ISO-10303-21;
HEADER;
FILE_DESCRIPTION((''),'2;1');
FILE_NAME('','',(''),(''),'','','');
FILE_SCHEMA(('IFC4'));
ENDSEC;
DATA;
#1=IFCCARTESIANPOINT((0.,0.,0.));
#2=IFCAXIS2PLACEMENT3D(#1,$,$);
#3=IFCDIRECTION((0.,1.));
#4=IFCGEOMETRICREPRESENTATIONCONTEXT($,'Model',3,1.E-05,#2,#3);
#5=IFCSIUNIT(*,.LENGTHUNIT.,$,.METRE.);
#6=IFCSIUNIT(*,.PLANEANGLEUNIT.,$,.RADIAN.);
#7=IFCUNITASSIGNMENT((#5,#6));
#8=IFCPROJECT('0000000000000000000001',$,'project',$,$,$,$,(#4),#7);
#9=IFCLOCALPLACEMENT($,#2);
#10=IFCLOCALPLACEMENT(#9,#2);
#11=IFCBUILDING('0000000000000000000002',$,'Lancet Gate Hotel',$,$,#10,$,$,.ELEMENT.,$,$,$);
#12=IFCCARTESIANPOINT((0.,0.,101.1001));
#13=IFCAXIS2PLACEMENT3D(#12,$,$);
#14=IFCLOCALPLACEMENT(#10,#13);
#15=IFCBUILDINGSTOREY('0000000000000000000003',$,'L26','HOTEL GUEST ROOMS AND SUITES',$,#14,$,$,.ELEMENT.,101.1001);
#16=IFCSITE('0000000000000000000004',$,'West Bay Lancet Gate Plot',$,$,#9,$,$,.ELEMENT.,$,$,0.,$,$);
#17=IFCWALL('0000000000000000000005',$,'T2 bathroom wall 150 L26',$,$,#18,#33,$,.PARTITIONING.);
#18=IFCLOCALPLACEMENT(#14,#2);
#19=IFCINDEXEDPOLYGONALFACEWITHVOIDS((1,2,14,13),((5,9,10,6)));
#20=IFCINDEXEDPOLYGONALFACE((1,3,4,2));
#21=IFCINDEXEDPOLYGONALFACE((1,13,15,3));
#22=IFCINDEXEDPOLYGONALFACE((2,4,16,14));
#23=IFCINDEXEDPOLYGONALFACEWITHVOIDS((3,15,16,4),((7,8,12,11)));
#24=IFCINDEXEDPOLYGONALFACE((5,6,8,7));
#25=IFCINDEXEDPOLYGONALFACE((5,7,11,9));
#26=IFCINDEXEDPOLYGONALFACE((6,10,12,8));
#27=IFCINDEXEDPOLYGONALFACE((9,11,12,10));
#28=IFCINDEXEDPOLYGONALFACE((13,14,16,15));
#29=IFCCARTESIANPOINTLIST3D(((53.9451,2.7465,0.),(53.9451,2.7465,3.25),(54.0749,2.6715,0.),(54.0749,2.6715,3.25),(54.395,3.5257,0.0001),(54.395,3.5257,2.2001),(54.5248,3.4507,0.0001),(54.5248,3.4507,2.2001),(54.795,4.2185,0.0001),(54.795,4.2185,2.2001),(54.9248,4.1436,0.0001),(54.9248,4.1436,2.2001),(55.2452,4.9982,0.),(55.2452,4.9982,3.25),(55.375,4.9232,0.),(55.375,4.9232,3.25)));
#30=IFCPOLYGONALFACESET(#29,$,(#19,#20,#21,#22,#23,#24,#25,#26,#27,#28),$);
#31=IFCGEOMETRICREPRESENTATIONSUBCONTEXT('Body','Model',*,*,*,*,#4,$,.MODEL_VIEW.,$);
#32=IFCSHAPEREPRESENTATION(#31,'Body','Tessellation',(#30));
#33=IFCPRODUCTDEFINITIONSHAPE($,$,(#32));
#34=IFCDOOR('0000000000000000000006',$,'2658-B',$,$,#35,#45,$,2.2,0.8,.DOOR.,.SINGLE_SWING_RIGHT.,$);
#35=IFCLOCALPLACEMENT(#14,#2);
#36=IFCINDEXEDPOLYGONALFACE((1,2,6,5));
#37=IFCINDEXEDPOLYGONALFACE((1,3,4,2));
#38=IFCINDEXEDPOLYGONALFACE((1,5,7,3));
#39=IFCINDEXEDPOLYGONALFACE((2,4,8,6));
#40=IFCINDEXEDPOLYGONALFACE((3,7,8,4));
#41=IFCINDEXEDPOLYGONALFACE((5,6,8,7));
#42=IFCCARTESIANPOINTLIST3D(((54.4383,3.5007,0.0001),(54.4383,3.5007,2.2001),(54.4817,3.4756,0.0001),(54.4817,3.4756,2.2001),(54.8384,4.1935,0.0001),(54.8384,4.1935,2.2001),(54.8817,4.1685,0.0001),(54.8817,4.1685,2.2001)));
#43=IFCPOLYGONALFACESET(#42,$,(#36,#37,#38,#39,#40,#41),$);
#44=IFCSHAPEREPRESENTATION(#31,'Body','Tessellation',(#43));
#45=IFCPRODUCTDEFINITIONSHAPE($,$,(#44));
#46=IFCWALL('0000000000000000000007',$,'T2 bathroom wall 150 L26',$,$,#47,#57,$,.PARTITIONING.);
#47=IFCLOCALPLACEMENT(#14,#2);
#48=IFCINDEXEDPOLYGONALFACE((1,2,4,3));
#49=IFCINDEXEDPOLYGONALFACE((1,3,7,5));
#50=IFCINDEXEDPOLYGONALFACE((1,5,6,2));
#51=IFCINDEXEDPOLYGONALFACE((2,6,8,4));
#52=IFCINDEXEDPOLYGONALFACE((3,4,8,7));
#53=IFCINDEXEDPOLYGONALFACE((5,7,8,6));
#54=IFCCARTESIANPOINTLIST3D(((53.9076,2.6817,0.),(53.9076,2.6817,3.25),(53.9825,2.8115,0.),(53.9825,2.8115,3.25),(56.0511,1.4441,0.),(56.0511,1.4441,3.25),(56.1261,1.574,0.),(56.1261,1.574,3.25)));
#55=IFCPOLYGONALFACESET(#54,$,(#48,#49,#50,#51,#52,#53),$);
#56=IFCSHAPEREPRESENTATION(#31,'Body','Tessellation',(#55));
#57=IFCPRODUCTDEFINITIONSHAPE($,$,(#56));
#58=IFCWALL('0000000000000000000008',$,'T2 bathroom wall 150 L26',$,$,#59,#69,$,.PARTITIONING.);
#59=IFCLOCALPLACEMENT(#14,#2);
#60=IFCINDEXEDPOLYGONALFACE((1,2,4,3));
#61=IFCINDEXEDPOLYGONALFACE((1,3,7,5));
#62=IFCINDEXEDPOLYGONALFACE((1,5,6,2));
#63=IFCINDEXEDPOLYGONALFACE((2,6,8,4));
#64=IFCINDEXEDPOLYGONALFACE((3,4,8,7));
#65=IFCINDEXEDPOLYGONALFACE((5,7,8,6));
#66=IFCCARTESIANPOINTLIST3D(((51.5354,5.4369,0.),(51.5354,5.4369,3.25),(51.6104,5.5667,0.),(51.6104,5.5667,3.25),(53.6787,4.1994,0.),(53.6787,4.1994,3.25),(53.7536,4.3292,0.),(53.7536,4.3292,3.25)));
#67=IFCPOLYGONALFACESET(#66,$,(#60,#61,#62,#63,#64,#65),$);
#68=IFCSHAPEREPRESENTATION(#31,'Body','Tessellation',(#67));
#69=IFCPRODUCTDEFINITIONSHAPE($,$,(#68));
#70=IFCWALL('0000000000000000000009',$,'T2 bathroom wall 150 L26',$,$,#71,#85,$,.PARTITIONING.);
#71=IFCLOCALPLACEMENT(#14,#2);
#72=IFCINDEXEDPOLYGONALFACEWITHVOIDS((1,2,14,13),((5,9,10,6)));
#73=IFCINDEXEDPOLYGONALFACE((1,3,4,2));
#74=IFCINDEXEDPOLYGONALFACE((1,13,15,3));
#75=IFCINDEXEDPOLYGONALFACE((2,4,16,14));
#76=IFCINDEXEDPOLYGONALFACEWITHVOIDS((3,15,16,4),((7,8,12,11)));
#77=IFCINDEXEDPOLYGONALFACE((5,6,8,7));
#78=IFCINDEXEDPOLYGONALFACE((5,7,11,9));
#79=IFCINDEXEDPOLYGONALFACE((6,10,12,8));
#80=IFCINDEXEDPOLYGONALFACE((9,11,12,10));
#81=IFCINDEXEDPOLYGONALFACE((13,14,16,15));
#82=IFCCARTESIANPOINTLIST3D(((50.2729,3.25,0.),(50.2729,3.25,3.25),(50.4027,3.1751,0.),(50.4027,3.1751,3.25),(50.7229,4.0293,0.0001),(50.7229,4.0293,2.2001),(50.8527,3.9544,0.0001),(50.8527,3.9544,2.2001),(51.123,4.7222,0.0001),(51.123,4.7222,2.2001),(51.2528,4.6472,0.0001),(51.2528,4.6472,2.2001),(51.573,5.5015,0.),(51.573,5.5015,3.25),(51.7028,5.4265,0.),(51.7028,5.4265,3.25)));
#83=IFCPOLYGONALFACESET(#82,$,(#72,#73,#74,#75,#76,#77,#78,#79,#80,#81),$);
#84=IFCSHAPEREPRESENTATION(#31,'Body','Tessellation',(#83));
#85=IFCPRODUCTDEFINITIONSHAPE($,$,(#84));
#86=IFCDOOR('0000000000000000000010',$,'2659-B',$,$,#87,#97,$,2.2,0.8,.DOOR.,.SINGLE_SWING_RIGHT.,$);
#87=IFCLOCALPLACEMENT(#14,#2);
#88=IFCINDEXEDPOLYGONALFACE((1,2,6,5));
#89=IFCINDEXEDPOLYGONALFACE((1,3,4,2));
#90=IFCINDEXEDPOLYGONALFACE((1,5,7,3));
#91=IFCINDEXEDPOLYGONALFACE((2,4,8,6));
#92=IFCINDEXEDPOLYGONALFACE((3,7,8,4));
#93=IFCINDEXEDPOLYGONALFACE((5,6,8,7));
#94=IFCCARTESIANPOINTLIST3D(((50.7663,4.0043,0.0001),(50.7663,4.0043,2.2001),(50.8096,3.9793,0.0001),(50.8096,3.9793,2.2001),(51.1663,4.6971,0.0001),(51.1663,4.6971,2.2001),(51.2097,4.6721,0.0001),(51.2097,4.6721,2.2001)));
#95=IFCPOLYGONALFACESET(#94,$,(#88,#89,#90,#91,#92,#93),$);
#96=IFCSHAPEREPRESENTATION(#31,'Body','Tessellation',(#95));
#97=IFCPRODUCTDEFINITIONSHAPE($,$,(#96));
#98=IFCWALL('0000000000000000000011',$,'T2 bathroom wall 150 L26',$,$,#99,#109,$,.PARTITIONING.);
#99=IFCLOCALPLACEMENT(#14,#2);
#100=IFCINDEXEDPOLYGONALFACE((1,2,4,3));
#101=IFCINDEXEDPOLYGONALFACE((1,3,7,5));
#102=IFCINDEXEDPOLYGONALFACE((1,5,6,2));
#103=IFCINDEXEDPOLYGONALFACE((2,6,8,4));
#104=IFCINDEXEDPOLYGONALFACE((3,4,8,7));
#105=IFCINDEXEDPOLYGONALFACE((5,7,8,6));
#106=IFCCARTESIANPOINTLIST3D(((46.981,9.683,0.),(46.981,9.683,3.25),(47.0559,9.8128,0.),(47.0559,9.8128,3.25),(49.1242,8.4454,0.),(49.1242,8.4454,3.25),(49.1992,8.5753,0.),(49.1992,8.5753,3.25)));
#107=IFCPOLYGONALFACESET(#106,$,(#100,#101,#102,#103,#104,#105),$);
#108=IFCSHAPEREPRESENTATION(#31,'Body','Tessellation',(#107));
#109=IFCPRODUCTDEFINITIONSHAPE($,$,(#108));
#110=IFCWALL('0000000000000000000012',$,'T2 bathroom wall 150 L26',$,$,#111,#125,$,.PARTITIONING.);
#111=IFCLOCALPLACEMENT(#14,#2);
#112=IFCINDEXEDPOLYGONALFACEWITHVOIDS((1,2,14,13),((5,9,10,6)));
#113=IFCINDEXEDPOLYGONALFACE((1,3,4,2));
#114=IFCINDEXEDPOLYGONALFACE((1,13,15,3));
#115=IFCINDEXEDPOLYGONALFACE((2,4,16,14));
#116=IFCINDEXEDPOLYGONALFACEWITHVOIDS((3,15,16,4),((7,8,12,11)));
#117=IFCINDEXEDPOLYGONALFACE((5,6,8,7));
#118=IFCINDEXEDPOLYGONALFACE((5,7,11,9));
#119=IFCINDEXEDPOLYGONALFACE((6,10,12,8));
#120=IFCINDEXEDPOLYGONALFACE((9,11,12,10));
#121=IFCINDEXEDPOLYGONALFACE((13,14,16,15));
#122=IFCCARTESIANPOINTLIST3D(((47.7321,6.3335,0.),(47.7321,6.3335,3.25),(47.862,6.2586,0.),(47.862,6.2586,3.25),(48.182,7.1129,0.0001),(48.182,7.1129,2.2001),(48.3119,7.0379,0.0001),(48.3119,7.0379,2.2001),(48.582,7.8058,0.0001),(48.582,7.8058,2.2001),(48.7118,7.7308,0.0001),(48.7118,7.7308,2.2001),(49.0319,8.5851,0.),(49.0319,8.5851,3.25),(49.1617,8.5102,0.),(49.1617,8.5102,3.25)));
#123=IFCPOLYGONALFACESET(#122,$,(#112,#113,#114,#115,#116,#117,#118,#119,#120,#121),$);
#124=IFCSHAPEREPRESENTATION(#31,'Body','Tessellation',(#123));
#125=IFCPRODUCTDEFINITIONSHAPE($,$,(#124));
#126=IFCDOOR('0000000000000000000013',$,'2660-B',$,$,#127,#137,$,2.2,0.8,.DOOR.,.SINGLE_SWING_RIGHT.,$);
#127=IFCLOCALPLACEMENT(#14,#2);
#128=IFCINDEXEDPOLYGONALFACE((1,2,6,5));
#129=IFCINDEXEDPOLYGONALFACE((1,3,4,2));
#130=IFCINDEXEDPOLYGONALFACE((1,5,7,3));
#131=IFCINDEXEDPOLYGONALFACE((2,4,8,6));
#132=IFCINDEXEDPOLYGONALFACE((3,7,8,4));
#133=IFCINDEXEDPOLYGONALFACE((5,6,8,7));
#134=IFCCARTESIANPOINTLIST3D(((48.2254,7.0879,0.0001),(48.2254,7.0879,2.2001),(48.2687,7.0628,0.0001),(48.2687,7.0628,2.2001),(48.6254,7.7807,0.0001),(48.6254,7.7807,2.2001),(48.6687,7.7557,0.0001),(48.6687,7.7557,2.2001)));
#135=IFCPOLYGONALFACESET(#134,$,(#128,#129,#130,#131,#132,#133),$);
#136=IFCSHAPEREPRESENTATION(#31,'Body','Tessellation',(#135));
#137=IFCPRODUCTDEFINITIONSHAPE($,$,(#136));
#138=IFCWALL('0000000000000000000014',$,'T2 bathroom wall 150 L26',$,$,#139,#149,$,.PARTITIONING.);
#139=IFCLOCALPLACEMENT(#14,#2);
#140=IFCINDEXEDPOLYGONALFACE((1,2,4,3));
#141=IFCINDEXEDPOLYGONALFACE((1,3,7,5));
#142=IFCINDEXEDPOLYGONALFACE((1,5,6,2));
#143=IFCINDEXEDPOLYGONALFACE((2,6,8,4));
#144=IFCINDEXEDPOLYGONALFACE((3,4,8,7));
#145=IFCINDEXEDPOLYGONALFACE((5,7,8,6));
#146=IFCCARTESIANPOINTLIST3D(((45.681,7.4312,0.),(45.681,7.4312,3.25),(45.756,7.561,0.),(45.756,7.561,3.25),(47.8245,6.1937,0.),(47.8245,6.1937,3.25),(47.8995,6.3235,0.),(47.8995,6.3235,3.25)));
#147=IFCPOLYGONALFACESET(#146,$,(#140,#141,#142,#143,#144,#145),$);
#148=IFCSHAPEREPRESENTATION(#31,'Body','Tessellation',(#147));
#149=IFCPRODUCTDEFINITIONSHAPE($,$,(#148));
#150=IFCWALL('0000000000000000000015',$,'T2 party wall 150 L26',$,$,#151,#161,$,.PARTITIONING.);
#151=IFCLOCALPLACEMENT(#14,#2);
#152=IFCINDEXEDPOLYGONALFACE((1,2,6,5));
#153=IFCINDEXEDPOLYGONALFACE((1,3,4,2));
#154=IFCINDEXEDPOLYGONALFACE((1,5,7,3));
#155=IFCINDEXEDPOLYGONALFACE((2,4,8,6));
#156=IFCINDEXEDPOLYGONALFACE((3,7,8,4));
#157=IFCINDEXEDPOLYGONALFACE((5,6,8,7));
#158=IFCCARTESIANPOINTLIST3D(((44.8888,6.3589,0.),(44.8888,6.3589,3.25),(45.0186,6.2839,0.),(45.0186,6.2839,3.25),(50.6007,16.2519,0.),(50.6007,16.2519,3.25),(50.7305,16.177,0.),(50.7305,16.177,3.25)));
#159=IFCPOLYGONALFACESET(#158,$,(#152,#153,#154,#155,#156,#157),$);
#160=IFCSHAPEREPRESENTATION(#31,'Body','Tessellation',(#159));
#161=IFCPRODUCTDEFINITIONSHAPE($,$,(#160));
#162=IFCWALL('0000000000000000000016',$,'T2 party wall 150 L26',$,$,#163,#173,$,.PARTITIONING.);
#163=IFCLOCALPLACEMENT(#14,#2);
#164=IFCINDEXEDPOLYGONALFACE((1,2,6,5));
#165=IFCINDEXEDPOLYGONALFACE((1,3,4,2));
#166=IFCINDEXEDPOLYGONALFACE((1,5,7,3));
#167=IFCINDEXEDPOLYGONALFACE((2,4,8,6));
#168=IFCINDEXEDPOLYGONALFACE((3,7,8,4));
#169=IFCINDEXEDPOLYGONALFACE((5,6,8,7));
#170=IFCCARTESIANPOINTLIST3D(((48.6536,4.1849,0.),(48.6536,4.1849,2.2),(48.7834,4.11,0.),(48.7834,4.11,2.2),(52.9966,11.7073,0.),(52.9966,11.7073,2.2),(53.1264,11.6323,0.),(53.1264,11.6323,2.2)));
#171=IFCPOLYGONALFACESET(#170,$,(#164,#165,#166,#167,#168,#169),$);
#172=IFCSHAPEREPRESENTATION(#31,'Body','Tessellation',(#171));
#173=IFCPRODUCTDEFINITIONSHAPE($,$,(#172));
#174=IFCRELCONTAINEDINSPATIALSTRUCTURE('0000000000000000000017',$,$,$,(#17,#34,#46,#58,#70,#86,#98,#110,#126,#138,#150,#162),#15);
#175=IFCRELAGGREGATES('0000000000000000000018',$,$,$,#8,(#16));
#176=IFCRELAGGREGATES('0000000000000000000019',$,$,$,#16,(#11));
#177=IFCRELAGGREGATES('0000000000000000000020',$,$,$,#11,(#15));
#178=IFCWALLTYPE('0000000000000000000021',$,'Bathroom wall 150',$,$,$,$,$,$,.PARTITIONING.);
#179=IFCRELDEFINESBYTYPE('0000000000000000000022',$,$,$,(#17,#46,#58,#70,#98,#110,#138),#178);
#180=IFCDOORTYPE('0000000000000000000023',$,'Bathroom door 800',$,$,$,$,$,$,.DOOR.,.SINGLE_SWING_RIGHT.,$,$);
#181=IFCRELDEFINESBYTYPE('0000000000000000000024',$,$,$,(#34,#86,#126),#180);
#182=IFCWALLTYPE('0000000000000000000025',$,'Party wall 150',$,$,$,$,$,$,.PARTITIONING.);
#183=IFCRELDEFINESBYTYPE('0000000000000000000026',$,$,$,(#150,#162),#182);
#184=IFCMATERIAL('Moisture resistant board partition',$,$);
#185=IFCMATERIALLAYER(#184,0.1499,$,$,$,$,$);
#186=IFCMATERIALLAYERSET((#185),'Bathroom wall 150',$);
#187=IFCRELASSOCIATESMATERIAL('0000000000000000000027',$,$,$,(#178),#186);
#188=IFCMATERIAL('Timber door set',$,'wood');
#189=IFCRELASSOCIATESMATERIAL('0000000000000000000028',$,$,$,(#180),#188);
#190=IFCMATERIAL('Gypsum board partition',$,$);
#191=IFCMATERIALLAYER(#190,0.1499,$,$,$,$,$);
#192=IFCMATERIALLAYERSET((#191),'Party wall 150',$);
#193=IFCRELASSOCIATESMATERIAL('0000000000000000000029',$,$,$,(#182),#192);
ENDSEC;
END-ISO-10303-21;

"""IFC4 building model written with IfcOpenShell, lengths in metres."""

from ifc_helpers import new_model, si_unit, direction, frame, frame_2d, origin, place, context, subcontext, project, spatial, rectangle, extrude, material, layer, layer_set, type_object, element, fill, save


model = new_model("IFC4")

# Units and contexts
model_context = context("Model", 3, precision=1e-05, world=origin(), true_north=direction((0.0, 1.0)))
body_context = subcontext(model_context, "Body", "Model", "MODEL_VIEW")
ifc_project = project(units=[si_unit("LENGTHUNIT", "METRE"), si_unit("PLANEANGLEUNIT", "RADIAN")], contexts=[model_context])

# Site, building, storey
site_placement = place(None, origin())
site = spatial("IfcSite", under=ifc_project, at=site_placement, Name="West Bay Lancet Gate Plot", CompositionType="ELEMENT", RefElevation=0.0)
building_placement = place(site_placement, origin())
building = spatial("IfcBuilding", under=site, at=building_placement, Name="Lancet Gate Hotel", CompositionType="ELEMENT")
storey_placement = place(building_placement, frame((0.0, 0.0, 101.1001)))
storey = spatial("IfcBuildingStorey", under=building, at=storey_placement, Name="L26", Description="HOTEL GUEST ROOMS AND SUITES", CompositionType="ELEMENT", Elevation=101.1001)

# Wall, opening, door
ifc_material_1 = material(Name="Moisture resistant board partition")
ifc_layer_1 = layer(ifc_material_1, 0.1499)
ifc_layer_set_1 = layer_set([ifc_layer_1], Name="Bathroom wall 150")
wall_type_1 = type_object("IfcWallType", Name="Bathroom wall 150", PredefinedType="PARTITIONING", material=ifc_layer_set_1)
wall_1_placement = place(storey_placement, frame((54.01, 2.709, 0.0), z_axis=(0.0, 0.0, 1.0), x_axis=(0.500007, 0.866021, 0.0)))
wall_1 = element("IfcWall", 1, at=wall_1_placement, inside=storey, type_object=wall_type_1, Name="T2 bathroom wall 150 L26", PredefinedType="PARTITIONING", context=body_context, shape_type="SweptSolid", body=[
    extrude(rectangle(XDim=2.6001, YDim=0.1499, at=frame_2d((1.3, 0.0))), origin(), (0.0, 0.0, 1.0), 3.25),
])
opening_1_placement = place(wall_1_placement, frame((0.8999, 0.0, 0.0)))
opening_1 = element("IfcOpeningElement", 2, at=opening_1_placement, cuts=wall_1, PredefinedType="OPENING", context=body_context, shape_type="SweptSolid", body=[
    extrude(rectangle(XDim=0.8, YDim=2.2, at=frame_2d((0.3999, 1.1001))), frame((0.0, 0.085, 0.0), z_axis=(0.0, -1.0, 0.0), x_axis=(1.0, 0.0, 0.0)), (0.0, 0.0, 1.0), 0.1699),
])
ifc_material_2 = material(Name="Timber door set", Category="wood")
door_type = type_object("IfcDoorType", Name="Bathroom door 800", OperationType="SINGLE_SWING_RIGHT", PredefinedType="DOOR", material=ifc_material_2)
door_1_placement = place(opening_1_placement, origin())
door_1 = element("IfcDoor", 3, at=door_1_placement, inside=storey, type_object=door_type, Name="2658-B", OperationType="SINGLE_SWING_RIGHT", OverallHeight=2.2, OverallWidth=0.8, PredefinedType="DOOR", context=body_context, shape_type="SweptSolid", body=[
    extrude(rectangle(XDim=0.8, YDim=2.2, at=frame_2d((0.3999, 1.1001))), frame((0.0, 0.0249, 0.0), z_axis=(0.0, -1.0, 0.0), x_axis=(1.0, 0.0, 0.0)), (0.0, 0.0, 1.0), 0.05),
])
fill(opening_1, door_1)

# Walls
wall_2_placement = place(storey_placement, frame((53.9451, 2.7466, 0.0), z_axis=(0.0, 0.0, 1.0), x_axis=(0.866031, -0.49999, 0.0)))
element("IfcWall", 4, at=wall_2_placement, inside=storey, type_object=wall_type_1, Name="T2 bathroom wall 150 L26", PredefinedType="PARTITIONING", context=body_context, shape_type="SweptSolid", body=[
    extrude(rectangle(XDim=2.4751, YDim=0.1499, at=frame_2d((1.2375, 0.0))), origin(), (0.0, 0.0, 1.0), 3.25),
])
wall_3_placement = place(storey_placement, frame((51.573, 5.5017, 0.0), z_axis=(0.0, 0.0, 1.0), x_axis=(0.866007, -0.500033, 0.0)))
element("IfcWall", 5, at=wall_3_placement, inside=storey, type_object=wall_type_1, Name="T2 bathroom wall 150 L26", PredefinedType="PARTITIONING", context=body_context, shape_type="SweptSolid", body=[
    extrude(rectangle(XDim=2.4749, YDim=0.1499, at=frame_2d((1.2373, 0.0))), origin(), (0.0, 0.0, 1.0), 3.25),
])

# Wall, opening, door
wall_4_placement = place(storey_placement, frame((50.3379, 3.2126, 0.0), z_axis=(0.0, 0.0, 1.0), x_axis=(0.500048, 0.865998, 0.0)))
wall_4 = element("IfcWall", 6, at=wall_4_placement, inside=storey, type_object=wall_type_1, Name="T2 bathroom wall 150 L26", PredefinedType="PARTITIONING", context=body_context, shape_type="SweptSolid", body=[
    extrude(rectangle(XDim=2.5999, YDim=0.1499, at=frame_2d((1.2998, 0.0))), origin(), (0.0, 0.0, 1.0), 3.25),
])
opening_2_placement = place(wall_4_placement, frame((0.8999, 0.0, 0.0)))
opening_2 = element("IfcOpeningElement", 7, at=opening_2_placement, cuts=wall_4, PredefinedType="OPENING", context=body_context, shape_type="SweptSolid", body=[
    extrude(rectangle(XDim=0.8, YDim=2.2, at=frame_2d((0.3999, 1.1001))), frame((0.0, 0.085, 0.0), z_axis=(0.0, -1.0, 0.0), x_axis=(1.0, 0.0, 0.0)), (0.0, 0.0, 1.0), 0.1699),
])
door_2_placement = place(opening_2_placement, origin())
door_2 = element("IfcDoor", 8, at=door_2_placement, inside=storey, type_object=door_type, Name="2659-B", OperationType="SINGLE_SWING_RIGHT", OverallHeight=2.2, OverallWidth=0.8, PredefinedType="DOOR", context=body_context, shape_type="SweptSolid", body=[
    extrude(rectangle(XDim=0.8, YDim=2.2, at=frame_2d((0.3999, 1.1001))), frame((0.0, 0.0249, 0.0), z_axis=(0.0, -1.0, 0.0), x_axis=(1.0, 0.0, 0.0)), (0.0, 0.0, 1.0), 0.05),
])
fill(opening_2, door_2)

# Wall
wall_5_placement = place(storey_placement, frame((47.0186, 9.7478, 0.0), z_axis=(0.0, 0.0, 1.0), x_axis=(0.866007, -0.500033, 0.0)))
element("IfcWall", 9, at=wall_5_placement, inside=storey, type_object=wall_type_1, Name="T2 bathroom wall 150 L26", PredefinedType="PARTITIONING", context=body_context, shape_type="SweptSolid", body=[
    extrude(rectangle(XDim=2.4749, YDim=0.1499, at=frame_2d((1.2373, 0.0))), origin(), (0.0, 0.0, 1.0), 3.25),
])

# Wall, opening, door
wall_6_placement = place(storey_placement, frame((47.7971, 6.2961, 0.0), z_axis=(0.0, 0.0, 1.0), x_axis=(0.499937, 0.866062, 0.0)))
wall_6 = element("IfcWall", 10, at=wall_6_placement, inside=storey, type_object=wall_type_1, Name="T2 bathroom wall 150 L26", PredefinedType="PARTITIONING", context=body_context, shape_type="SweptSolid", body=[
    extrude(rectangle(XDim=2.5999, YDim=0.1499, at=frame_2d((1.2998, 0.0))), origin(), (0.0, 0.0, 1.0), 3.25),
])
opening_3_placement = place(wall_6_placement, frame((0.8999, 0.0, 0.0)))
opening_3 = element("IfcOpeningElement", 11, at=opening_3_placement, cuts=wall_6, PredefinedType="OPENING", context=body_context, shape_type="SweptSolid", body=[
    extrude(rectangle(XDim=0.8, YDim=2.2, at=frame_2d((0.3999, 1.1001))), frame((0.0, 0.085, 0.0), z_axis=(0.0, -1.0, 0.0), x_axis=(1.0, 0.0, 0.0)), (0.0, 0.0, 1.0), 0.1699),
])
door_3_placement = place(opening_3_placement, origin())
door_3 = element("IfcDoor", 12, at=door_3_placement, inside=storey, type_object=door_type, Name="2660-B", OperationType="SINGLE_SWING_RIGHT", OverallHeight=2.2, OverallWidth=0.8, PredefinedType="DOOR", context=body_context, shape_type="SweptSolid", body=[
    extrude(rectangle(XDim=0.8, YDim=2.2, at=frame_2d((0.3999, 1.1001))), frame((0.0, 0.0249, 0.0), z_axis=(0.0, -1.0, 0.0), x_axis=(1.0, 0.0, 0.0)), (0.0, 0.0, 1.0), 0.05),
])
fill(opening_3, door_3)

# Walls
wall_7_placement = place(storey_placement, frame((45.7185, 7.4961, 0.0), z_axis=(0.0, 0.0, 1.0), x_axis=(0.866031, -0.49999, 0.0)))
element("IfcWall", 13, at=wall_7_placement, inside=storey, type_object=wall_type_1, Name="T2 bathroom wall 150 L26", PredefinedType="PARTITIONING", context=body_context, shape_type="SweptSolid", body=[
    extrude(rectangle(XDim=2.4751, YDim=0.1499, at=frame_2d((1.2375, 0.0))), origin(), (0.0, 0.0, 1.0), 3.25),
])
ifc_material_3 = material(Name="Gypsum board partition")
ifc_layer_2 = layer(ifc_material_3, 0.1499)
ifc_layer_set_2 = layer_set([ifc_layer_2], Name="Party wall 150")
wall_type_2 = type_object("IfcWallType", Name="Party wall 150", PredefinedType="PARTITIONING", material=ifc_layer_set_2)
wall_8_placement = place(storey_placement, frame((44.9536, 6.3213, 0.0), z_axis=(0.0, 0.0, 1.0), x_axis=(0.50001, 0.86602, 0.0)))
element("IfcWall", 14, at=wall_8_placement, inside=storey, type_object=wall_type_2, Name="T2 party wall 150 L26", PredefinedType="PARTITIONING", context=body_context, shape_type="SweptSolid", body=[
    extrude(rectangle(XDim=11.4236, YDim=0.1499, at=frame_2d((5.7119, 0.0))), origin(), (0.0, 0.0, 1.0), 3.25),
])
wall_9_placement = place(storey_placement, frame((48.7185, 4.1475, 0.0), z_axis=(0.0, 0.0, 1.0), x_axis=(0.499993, 0.866029, 0.0)))
element("IfcWall", 15, at=wall_9_placement, inside=storey, type_object=wall_type_2, Name="T2 party wall 150 L26", PredefinedType="PARTITIONING", context=body_context, shape_type="SweptSolid", body=[
    extrude(rectangle(XDim=8.686, YDim=0.1499, at=frame_2d((4.343, 0.0))), origin(), (0.0, 0.0, 1.0), 2.2),
])

save(model, "model.ifc")
